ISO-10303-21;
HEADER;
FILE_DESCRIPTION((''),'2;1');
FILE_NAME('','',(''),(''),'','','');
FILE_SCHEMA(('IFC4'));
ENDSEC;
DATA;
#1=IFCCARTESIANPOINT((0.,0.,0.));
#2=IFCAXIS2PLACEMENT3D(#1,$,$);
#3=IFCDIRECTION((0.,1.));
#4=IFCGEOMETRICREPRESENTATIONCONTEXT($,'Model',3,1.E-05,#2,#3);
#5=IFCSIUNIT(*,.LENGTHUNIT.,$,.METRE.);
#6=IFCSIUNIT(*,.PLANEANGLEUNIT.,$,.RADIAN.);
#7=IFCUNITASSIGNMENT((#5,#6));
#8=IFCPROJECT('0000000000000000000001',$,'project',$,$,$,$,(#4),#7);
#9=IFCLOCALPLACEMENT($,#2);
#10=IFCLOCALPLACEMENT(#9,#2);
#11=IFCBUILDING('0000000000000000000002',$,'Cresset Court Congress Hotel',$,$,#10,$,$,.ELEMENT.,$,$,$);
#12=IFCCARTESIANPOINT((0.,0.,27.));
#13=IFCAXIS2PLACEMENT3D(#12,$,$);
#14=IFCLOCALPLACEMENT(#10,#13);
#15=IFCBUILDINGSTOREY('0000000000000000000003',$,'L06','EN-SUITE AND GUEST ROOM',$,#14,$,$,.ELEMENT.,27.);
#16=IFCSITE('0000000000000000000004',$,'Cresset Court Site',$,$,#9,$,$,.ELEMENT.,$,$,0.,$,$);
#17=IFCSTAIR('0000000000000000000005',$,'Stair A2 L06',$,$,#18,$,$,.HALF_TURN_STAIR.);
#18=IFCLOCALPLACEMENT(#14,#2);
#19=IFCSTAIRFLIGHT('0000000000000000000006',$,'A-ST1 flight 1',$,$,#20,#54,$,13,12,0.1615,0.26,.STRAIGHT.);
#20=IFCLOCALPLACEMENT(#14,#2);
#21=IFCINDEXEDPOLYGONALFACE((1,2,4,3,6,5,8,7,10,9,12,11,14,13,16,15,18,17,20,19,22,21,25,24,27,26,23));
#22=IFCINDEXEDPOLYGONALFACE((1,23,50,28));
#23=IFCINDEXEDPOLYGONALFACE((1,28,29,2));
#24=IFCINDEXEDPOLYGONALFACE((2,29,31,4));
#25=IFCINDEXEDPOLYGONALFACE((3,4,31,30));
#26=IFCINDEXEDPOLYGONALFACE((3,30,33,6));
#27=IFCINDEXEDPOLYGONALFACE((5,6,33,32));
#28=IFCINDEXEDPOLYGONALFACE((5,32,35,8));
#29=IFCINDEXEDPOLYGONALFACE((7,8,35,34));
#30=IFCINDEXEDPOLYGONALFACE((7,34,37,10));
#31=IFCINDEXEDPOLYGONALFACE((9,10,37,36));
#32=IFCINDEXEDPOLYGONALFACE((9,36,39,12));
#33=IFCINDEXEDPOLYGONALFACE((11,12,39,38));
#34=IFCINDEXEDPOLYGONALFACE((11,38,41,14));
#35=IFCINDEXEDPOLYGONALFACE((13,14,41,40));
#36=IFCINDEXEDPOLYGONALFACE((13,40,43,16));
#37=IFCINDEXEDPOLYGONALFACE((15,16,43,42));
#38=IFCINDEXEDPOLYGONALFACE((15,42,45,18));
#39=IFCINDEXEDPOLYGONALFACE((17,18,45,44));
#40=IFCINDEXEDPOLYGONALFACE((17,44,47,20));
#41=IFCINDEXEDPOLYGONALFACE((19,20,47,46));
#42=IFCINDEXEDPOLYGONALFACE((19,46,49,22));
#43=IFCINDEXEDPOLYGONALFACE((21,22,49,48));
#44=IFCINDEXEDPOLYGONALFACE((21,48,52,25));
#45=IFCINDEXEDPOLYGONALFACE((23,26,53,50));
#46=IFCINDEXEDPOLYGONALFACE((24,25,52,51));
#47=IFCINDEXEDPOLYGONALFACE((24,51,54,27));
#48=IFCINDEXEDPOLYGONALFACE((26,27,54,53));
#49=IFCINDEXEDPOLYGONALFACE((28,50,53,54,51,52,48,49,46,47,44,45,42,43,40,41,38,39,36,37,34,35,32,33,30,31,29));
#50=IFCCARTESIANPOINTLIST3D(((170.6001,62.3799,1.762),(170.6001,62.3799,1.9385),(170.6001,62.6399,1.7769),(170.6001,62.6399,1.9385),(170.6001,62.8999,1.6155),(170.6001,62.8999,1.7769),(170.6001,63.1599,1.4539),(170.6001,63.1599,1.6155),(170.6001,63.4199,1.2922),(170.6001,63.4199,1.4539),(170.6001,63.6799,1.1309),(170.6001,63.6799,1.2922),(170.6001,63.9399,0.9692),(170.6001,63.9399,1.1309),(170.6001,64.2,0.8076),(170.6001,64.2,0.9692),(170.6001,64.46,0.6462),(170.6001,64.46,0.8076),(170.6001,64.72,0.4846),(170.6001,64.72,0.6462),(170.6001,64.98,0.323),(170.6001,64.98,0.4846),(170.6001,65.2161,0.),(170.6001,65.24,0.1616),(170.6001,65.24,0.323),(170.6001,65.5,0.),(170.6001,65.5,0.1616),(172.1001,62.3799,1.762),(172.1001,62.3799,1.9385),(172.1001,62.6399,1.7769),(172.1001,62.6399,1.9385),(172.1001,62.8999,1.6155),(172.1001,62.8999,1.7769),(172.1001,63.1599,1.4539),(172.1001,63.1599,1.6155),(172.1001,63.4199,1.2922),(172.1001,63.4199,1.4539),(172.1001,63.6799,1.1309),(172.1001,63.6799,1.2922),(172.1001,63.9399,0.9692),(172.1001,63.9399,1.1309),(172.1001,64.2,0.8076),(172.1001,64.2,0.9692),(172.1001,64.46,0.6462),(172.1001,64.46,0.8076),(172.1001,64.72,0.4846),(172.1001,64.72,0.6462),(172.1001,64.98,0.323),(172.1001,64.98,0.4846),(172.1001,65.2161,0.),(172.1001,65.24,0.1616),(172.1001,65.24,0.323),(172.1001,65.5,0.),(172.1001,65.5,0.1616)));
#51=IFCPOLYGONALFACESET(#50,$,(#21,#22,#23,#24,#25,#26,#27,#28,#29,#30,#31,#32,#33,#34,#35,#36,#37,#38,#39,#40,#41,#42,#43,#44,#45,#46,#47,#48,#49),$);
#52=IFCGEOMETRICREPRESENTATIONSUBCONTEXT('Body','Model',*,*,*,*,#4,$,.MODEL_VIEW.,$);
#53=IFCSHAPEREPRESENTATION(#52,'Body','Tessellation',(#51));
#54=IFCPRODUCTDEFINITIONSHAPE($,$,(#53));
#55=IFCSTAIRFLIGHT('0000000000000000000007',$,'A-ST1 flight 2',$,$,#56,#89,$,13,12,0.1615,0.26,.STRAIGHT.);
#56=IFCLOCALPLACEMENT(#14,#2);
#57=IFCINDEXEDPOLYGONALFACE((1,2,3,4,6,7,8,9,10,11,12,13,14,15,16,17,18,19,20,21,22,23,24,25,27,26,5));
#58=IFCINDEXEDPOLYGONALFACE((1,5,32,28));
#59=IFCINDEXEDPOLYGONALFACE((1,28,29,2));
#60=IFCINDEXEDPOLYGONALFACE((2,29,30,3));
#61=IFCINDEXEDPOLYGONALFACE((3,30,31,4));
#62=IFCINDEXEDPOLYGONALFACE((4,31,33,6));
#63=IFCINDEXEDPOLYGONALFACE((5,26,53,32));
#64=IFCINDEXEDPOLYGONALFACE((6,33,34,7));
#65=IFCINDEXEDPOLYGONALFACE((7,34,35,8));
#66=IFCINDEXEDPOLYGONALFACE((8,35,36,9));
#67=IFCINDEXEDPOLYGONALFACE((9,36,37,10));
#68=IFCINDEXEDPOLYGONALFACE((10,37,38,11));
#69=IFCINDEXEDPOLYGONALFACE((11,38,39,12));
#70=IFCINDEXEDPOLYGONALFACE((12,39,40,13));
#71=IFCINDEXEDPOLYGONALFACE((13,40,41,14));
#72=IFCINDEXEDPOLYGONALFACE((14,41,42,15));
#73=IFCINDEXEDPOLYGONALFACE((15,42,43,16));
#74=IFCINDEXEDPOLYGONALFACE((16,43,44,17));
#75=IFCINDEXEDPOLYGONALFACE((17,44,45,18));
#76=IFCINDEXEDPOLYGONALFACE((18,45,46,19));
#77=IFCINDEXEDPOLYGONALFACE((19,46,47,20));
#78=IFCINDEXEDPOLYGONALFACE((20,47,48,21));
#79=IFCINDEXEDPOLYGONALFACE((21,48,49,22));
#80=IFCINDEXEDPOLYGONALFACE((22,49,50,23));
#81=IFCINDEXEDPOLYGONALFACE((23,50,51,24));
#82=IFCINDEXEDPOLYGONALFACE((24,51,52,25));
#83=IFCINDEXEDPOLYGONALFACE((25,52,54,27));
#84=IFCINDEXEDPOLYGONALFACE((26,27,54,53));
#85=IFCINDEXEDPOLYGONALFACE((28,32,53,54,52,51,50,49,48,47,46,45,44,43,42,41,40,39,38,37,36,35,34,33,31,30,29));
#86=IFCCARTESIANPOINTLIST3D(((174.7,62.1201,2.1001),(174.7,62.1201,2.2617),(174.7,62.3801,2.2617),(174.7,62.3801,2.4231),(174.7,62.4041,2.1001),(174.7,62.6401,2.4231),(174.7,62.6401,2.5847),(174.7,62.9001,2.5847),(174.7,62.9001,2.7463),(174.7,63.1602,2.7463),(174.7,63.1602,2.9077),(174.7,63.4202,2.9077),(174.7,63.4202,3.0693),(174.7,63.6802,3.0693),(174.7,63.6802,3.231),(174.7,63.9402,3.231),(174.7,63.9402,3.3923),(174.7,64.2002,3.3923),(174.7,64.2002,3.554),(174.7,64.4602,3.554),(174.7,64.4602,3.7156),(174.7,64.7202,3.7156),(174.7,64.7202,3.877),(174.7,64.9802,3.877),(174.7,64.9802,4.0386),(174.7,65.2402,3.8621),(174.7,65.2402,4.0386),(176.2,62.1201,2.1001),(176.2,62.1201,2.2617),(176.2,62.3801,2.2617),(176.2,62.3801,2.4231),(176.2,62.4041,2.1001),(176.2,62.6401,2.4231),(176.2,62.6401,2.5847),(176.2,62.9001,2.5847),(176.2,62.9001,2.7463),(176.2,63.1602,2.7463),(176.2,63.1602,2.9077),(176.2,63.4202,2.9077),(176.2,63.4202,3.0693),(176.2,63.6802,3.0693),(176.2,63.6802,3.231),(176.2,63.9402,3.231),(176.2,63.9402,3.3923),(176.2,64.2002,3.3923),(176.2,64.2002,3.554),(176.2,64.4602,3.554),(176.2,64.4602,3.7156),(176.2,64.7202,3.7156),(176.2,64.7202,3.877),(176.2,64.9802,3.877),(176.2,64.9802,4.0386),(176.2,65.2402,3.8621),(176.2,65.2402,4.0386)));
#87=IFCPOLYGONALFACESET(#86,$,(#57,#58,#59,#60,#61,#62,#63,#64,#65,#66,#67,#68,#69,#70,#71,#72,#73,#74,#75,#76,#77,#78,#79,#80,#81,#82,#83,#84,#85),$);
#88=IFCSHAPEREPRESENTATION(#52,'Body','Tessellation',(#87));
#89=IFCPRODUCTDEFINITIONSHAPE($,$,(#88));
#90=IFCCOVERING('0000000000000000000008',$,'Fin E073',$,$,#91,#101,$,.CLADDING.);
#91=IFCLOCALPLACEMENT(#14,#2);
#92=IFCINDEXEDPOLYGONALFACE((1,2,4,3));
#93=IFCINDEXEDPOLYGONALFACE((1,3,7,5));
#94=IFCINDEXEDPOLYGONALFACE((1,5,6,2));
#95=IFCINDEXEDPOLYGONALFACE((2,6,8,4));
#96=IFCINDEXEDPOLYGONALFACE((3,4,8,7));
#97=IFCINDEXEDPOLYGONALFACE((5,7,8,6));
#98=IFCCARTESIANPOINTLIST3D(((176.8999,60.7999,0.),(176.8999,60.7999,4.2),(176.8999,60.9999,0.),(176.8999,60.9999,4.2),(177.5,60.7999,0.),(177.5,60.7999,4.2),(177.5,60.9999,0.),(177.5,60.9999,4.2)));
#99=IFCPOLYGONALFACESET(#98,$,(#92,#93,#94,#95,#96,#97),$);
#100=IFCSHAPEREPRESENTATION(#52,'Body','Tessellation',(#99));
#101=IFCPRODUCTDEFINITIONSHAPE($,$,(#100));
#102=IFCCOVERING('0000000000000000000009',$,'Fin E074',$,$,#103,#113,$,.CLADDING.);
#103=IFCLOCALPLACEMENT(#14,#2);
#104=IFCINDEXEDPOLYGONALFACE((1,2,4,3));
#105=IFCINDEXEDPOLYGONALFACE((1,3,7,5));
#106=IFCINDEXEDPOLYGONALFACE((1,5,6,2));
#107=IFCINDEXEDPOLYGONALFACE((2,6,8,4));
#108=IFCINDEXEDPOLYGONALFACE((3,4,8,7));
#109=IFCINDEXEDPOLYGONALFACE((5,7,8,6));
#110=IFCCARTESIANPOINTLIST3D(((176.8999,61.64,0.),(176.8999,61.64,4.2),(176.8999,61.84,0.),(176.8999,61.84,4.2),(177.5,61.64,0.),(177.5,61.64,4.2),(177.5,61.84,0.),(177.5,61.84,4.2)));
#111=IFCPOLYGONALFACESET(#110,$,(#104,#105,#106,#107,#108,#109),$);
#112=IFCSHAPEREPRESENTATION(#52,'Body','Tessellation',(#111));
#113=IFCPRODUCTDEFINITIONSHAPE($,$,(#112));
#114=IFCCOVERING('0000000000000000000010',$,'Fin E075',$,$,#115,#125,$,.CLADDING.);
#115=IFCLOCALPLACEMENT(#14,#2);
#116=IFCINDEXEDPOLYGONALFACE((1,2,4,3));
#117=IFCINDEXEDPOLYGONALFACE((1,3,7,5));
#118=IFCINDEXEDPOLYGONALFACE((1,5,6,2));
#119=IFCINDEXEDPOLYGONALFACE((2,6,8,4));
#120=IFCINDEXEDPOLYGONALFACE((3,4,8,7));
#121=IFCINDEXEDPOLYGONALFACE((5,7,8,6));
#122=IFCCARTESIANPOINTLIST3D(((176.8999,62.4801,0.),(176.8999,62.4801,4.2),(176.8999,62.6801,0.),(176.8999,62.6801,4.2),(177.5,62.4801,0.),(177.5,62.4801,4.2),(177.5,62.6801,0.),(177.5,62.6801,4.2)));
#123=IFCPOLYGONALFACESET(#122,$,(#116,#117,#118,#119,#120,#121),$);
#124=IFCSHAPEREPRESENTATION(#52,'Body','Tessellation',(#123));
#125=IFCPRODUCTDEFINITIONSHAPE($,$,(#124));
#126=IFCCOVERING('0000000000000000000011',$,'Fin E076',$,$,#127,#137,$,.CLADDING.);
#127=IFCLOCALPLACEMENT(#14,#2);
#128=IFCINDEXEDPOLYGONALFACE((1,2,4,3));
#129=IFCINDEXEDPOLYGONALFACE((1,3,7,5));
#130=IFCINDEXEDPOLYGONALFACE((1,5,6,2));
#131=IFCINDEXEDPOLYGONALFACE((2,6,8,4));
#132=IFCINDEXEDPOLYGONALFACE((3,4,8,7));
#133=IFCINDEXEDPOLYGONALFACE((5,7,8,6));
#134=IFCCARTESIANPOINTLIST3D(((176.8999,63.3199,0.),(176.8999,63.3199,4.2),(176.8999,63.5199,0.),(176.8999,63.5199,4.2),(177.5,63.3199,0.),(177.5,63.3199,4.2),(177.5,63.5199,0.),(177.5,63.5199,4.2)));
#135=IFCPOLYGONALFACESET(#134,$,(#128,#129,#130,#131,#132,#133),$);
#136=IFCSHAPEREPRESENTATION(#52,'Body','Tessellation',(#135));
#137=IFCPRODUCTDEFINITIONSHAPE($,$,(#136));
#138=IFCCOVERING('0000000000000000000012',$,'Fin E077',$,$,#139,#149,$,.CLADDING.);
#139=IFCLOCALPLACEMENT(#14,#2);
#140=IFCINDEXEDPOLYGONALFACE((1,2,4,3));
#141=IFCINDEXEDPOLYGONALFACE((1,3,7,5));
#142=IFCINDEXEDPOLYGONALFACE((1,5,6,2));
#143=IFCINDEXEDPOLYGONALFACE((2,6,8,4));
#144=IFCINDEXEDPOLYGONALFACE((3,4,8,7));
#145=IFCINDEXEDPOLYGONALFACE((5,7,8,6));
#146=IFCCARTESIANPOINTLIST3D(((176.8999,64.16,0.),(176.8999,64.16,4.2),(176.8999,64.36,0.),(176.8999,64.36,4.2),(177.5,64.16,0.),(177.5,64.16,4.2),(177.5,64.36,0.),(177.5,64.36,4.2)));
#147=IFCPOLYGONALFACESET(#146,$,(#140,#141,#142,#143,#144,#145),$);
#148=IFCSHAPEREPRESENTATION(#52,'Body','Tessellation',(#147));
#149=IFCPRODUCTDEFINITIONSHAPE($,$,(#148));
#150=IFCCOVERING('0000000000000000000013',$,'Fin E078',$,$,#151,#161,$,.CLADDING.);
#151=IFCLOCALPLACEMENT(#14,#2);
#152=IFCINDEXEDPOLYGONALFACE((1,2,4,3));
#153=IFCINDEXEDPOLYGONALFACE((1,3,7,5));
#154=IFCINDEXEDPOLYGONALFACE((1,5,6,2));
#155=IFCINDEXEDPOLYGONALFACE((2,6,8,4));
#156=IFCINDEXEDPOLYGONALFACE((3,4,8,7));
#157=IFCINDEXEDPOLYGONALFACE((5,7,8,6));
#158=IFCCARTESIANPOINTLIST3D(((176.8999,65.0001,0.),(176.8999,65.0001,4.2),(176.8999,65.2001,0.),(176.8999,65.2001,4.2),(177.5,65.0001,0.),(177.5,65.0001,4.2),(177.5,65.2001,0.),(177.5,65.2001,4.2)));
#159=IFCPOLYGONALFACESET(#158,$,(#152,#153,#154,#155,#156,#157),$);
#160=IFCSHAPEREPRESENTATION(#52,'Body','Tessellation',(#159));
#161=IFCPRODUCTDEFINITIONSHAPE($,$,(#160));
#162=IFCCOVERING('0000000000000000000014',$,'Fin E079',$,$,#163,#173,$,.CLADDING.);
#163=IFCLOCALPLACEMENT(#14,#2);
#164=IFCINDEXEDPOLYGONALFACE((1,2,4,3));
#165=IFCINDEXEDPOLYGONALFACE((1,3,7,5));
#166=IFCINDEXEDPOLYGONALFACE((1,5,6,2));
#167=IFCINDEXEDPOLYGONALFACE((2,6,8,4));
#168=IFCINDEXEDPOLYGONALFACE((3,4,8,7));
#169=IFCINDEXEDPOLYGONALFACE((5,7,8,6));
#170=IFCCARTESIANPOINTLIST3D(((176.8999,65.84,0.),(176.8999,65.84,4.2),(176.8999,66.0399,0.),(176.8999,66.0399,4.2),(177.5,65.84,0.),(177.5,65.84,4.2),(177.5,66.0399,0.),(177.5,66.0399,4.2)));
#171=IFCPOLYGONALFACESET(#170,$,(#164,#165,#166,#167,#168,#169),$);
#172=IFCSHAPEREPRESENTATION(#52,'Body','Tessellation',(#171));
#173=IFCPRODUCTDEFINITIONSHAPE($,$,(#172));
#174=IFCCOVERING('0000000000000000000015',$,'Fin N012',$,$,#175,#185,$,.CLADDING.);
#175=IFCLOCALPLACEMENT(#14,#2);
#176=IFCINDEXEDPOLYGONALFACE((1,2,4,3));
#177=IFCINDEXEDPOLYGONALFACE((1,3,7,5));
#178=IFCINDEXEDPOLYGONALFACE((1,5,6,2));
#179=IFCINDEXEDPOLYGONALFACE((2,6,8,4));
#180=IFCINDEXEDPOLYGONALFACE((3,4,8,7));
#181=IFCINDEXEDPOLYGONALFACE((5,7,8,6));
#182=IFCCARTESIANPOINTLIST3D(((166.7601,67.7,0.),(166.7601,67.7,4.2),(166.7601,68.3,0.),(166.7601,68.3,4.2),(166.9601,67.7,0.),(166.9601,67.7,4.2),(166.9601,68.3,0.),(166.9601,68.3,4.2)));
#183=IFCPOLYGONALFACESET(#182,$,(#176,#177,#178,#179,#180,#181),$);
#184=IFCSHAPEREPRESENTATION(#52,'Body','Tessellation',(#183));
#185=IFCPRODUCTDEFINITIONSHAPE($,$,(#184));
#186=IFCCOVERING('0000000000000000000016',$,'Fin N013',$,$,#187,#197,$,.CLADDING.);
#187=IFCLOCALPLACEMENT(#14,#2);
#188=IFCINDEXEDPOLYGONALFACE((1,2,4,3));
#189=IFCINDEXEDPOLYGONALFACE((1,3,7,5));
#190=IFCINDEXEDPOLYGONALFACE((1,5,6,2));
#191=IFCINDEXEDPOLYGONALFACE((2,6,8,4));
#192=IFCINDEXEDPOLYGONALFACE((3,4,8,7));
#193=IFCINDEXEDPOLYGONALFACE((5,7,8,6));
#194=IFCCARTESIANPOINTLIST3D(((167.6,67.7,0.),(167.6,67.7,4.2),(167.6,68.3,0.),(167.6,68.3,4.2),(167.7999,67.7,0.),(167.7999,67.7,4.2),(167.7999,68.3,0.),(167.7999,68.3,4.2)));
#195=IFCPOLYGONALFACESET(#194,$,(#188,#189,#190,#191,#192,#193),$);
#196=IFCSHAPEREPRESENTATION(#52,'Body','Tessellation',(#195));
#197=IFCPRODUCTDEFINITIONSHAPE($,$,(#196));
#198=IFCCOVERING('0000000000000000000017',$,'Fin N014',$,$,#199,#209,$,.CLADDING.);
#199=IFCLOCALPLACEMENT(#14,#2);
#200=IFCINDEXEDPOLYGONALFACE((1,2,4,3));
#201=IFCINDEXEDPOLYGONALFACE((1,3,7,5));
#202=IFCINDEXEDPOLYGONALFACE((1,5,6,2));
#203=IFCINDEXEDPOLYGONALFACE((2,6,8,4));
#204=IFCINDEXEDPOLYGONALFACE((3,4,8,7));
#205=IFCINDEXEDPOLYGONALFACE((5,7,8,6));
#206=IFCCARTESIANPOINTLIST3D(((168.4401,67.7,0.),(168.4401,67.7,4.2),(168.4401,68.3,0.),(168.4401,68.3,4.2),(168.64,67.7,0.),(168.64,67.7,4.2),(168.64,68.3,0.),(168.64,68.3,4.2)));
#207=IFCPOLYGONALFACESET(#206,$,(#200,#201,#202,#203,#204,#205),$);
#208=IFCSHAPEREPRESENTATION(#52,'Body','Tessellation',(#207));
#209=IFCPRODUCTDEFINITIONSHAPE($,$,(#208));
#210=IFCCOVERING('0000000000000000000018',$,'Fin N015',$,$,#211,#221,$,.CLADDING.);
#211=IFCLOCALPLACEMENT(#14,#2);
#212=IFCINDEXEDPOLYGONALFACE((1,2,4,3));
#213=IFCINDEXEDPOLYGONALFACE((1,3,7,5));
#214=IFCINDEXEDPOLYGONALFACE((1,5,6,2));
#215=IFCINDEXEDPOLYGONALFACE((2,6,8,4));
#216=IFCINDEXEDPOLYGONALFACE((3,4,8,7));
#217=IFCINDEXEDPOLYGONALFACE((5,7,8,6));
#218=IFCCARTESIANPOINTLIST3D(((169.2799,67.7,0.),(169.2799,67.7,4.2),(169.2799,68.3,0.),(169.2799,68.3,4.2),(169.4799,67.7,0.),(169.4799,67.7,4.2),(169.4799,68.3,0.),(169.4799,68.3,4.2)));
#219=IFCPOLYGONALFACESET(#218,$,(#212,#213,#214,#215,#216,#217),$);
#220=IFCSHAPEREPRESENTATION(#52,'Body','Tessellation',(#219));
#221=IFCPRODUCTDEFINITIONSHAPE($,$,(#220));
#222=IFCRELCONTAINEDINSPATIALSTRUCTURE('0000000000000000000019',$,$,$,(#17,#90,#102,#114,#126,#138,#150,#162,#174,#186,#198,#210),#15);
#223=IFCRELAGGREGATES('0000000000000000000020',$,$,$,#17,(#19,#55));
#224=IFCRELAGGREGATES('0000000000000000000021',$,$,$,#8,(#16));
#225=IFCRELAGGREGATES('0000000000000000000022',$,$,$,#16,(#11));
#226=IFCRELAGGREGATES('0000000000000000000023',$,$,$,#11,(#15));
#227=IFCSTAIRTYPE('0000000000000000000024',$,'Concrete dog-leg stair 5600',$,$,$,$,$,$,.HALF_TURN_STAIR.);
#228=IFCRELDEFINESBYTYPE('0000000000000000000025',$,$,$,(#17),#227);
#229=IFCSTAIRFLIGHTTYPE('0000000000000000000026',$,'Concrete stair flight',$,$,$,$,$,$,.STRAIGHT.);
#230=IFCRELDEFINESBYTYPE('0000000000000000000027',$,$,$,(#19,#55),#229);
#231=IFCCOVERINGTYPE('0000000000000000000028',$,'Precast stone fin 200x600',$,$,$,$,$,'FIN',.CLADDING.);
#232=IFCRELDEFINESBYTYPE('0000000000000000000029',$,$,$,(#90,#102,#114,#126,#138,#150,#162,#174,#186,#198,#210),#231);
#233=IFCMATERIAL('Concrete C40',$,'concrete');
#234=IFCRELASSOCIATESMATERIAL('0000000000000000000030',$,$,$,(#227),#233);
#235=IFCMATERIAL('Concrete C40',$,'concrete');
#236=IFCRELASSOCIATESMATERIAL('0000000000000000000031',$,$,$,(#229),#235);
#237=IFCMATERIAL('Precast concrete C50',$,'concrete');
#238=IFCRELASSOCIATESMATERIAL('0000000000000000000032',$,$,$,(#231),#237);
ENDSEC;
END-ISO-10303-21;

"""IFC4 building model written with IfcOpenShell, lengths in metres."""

from ifc_helpers import new_model, si_unit, direction, frame, origin, origin_2d, place, context, subcontext, project, spatial, polyline, rectangle, outline, extrude, material, type_object, element, aggregate, save


model = new_model("IFC4")

# Units and contexts
model_context = context("Model", 3, precision=1e-05, world=origin(), true_north=direction((0.0, 1.0)))
body_context = subcontext(model_context, "Body", "Model", "MODEL_VIEW")
ifc_project = project(units=[si_unit("LENGTHUNIT", "METRE"), si_unit("PLANEANGLEUNIT", "RADIAN")], contexts=[model_context])

# Site, building, storey
site_placement = place(None, origin())
site = spatial("IfcSite", under=ifc_project, at=site_placement, Name="Cresset Court Site", CompositionType="ELEMENT", RefElevation=0.0)
building_placement = place(site_placement, origin())
building = spatial("IfcBuilding", under=site, at=building_placement, Name="Cresset Court Congress Hotel", CompositionType="ELEMENT")
storey_placement = place(building_placement, frame((0.0, 0.0, 27.0)))
storey = spatial("IfcBuildingStorey", under=building, at=storey_placement, Name="L06", Description="EN-SUITE AND GUEST ROOM", CompositionType="ELEMENT", Elevation=27.0)

# Stair, stair flights
ifc_material_1 = material(Name="Concrete C40", Category="concrete")
stair_type = type_object("IfcStairType", Name="Concrete dog-leg stair 5600", PredefinedType="HALF_TURN_STAIR", material=ifc_material_1)
stair_placement = place(storey_placement, origin())
stair = element("IfcStair", 1, at=stair_placement, inside=storey, type_object=stair_type, Name="Stair A2 L06", PredefinedType="HALF_TURN_STAIR")
ifc_material_2 = material(Name="Concrete C40", Category="concrete")
stair_flight_type = type_object("IfcStairFlightType", Name="Concrete stair flight", PredefinedType="STRAIGHT", material=ifc_material_2)
stair_flight_1_placement = place(storey_placement, frame((171.3501, 65.5, 0.0), z_axis=(0.0, 0.0, 1.0), x_axis=(0.0, -1.0, 0.0)))
stair_flight_1 = element("IfcStairFlight", 2, at=stair_flight_1_placement, type_object=stair_flight_type, Name="A-ST1 flight 1", NumberOfRisers=13, NumberOfTreads=12, PredefinedType="STRAIGHT", RiserHeight=0.1615, TreadLength=0.26, context=body_context, shape_type="SweptSolid", body=[
    extrude(outline(polyline([(0.0, 0.0), (0.0, 0.1616), (0.26, 0.1616), (0.26, 0.323), (0.52, 0.323), (0.52, 0.4846), (0.78, 0.4846), (0.78, 0.6462), (1.04, 0.6462), (1.04, 0.8076), (1.3, 0.8076), (1.3, 0.9692), (1.5601, 0.9692), (1.5601, 1.1309), (1.8201, 1.1309), (1.8201, 1.2922), (2.0801, 1.2922), (2.0801, 1.4539), (2.3401, 1.4539), (2.3401, 1.6155), (2.6001, 1.6155), (2.6001, 1.7769), (2.8601, 1.7769), (2.8601, 1.9385), (3.1201, 1.9385), (3.1201, 2.1001), (3.1201, 1.762), (0.2839, 0.0), (0.0, 0.0)])), frame((0.0, 0.75, 0.0), z_axis=(0.0, -1.0, 0.0), x_axis=(1.0, 0.0, 0.0)), (0.0, 0.0, 1.0), 1.5),
])
stair_flight_2_placement = place(storey_placement, frame((175.45, 62.1201, 2.1001), z_axis=(0.0, 0.0, 1.0), x_axis=(0.0, 1.0, 0.0)))
stair_flight_2 = element("IfcStairFlight", 3, at=stair_flight_2_placement, type_object=stair_flight_type, Name="A-ST1 flight 2", NumberOfRisers=13, NumberOfTreads=12, PredefinedType="STRAIGHT", RiserHeight=0.1615, TreadLength=0.26, context=body_context, shape_type="SweptSolid", body=[
    extrude(outline(polyline([(0.0, 0.0), (0.0, 0.1616), (0.26, 0.1616), (0.26, 0.323), (0.52, 0.323), (0.52, 0.4846), (0.78, 0.4846), (0.78, 0.6462), (1.04, 0.6462), (1.04, 0.8076), (1.3, 0.8076), (1.3, 0.9692), (1.5601, 0.9692), (1.5601, 1.1309), (1.8201, 1.1309), (1.8201, 1.2922), (2.0801, 1.2922), (2.0801, 1.4539), (2.3401, 1.4539), (2.3401, 1.6155), (2.6001, 1.6155), (2.6001, 1.7769), (2.8601, 1.7769), (2.8601, 1.9385), (3.1201, 1.9385), (3.1201, 2.1001), (3.1201, 1.762), (0.2839, 0.0), (0.0, 0.0)])), frame((0.0, 0.75, 0.0), z_axis=(0.0, -1.0, 0.0), x_axis=(1.0, 0.0, 0.0)), (0.0, 0.0, 1.0), 1.5),
])
aggregate(stair, [stair_flight_1, stair_flight_2])

# Coverings
ifc_material_3 = material(Name="Precast concrete C50", Category="concrete")
covering_type_1 = type_object("IfcCoveringType", Name="Precast stone fin 200x600", ElementType="FIN", PredefinedType="CLADDING", material=ifc_material_3)
for number, where, z_axis, x_axis, name in (
    (4, (177.2, 60.8999, 0.0), (0.0, 0.0, 1.0), (1.0, 0.0, 0.0), "Fin E073"),
    (5, (177.2, 61.74, 0.0), (0.0, 0.0, 1.0), (1.0, 0.0, 0.0), "Fin E074"),
    (6, (177.2, 62.5801, 0.0), (0.0, 0.0, 1.0), (1.0, 0.0, 0.0), "Fin E075"),
    (7, (177.2, 63.4199, 0.0), (0.0, 0.0, 1.0), (1.0, 0.0, 0.0), "Fin E076"),
    (8, (177.2, 64.26, 0.0), (0.0, 0.0, 1.0), (1.0, 0.0, 0.0), "Fin E077"),
    (9, (177.2, 65.1001, 0.0), (0.0, 0.0, 1.0), (1.0, 0.0, 0.0), "Fin E078"),
    (10, (177.2, 65.9399, 0.0), (0.0, 0.0, 1.0), (1.0, 0.0, 0.0), "Fin E079"),
):
    element("IfcCovering", number, at=place(storey_placement, frame(where, z_axis=z_axis, x_axis=x_axis)), inside=storey, type_object=covering_type_1, Name=name, PredefinedType="CLADDING", context=body_context, shape_type="SweptSolid", body=[
        extrude(rectangle(XDim=0.6001, YDim=0.2, at=origin_2d()), origin(), (0.0, 0.0, 1.0), 4.2),
    ])
for number, where, z_axis, x_axis, name in (
    (11, (166.8601, 68.0, 0.0), (0.0, 0.0, 1.0), (1.0, 0.0, 0.0), "Fin N012"),
    (12, (167.7, 68.0, 0.0), (0.0, 0.0, 1.0), (1.0, 0.0, 0.0), "Fin N013"),
    (13, (168.54, 68.0, 0.0), (0.0, 0.0, 1.0), (1.0, 0.0, 0.0), "Fin N014"),
    (14, (169.3799, 68.0, 0.0), (0.0, 0.0, 1.0), (1.0, 0.0, 0.0), "Fin N015"),
):
    element("IfcCovering", number, at=place(storey_placement, frame(where, z_axis=z_axis, x_axis=x_axis)), inside=storey, type_object=covering_type_1, Name=name, PredefinedType="CLADDING", context=body_context, shape_type="SweptSolid", body=[
        extrude(rectangle(XDim=0.2, YDim=0.6001, at=origin_2d()), origin(), (0.0, 0.0, 1.0), 4.2),
    ])

save(model, "model.ifc")
